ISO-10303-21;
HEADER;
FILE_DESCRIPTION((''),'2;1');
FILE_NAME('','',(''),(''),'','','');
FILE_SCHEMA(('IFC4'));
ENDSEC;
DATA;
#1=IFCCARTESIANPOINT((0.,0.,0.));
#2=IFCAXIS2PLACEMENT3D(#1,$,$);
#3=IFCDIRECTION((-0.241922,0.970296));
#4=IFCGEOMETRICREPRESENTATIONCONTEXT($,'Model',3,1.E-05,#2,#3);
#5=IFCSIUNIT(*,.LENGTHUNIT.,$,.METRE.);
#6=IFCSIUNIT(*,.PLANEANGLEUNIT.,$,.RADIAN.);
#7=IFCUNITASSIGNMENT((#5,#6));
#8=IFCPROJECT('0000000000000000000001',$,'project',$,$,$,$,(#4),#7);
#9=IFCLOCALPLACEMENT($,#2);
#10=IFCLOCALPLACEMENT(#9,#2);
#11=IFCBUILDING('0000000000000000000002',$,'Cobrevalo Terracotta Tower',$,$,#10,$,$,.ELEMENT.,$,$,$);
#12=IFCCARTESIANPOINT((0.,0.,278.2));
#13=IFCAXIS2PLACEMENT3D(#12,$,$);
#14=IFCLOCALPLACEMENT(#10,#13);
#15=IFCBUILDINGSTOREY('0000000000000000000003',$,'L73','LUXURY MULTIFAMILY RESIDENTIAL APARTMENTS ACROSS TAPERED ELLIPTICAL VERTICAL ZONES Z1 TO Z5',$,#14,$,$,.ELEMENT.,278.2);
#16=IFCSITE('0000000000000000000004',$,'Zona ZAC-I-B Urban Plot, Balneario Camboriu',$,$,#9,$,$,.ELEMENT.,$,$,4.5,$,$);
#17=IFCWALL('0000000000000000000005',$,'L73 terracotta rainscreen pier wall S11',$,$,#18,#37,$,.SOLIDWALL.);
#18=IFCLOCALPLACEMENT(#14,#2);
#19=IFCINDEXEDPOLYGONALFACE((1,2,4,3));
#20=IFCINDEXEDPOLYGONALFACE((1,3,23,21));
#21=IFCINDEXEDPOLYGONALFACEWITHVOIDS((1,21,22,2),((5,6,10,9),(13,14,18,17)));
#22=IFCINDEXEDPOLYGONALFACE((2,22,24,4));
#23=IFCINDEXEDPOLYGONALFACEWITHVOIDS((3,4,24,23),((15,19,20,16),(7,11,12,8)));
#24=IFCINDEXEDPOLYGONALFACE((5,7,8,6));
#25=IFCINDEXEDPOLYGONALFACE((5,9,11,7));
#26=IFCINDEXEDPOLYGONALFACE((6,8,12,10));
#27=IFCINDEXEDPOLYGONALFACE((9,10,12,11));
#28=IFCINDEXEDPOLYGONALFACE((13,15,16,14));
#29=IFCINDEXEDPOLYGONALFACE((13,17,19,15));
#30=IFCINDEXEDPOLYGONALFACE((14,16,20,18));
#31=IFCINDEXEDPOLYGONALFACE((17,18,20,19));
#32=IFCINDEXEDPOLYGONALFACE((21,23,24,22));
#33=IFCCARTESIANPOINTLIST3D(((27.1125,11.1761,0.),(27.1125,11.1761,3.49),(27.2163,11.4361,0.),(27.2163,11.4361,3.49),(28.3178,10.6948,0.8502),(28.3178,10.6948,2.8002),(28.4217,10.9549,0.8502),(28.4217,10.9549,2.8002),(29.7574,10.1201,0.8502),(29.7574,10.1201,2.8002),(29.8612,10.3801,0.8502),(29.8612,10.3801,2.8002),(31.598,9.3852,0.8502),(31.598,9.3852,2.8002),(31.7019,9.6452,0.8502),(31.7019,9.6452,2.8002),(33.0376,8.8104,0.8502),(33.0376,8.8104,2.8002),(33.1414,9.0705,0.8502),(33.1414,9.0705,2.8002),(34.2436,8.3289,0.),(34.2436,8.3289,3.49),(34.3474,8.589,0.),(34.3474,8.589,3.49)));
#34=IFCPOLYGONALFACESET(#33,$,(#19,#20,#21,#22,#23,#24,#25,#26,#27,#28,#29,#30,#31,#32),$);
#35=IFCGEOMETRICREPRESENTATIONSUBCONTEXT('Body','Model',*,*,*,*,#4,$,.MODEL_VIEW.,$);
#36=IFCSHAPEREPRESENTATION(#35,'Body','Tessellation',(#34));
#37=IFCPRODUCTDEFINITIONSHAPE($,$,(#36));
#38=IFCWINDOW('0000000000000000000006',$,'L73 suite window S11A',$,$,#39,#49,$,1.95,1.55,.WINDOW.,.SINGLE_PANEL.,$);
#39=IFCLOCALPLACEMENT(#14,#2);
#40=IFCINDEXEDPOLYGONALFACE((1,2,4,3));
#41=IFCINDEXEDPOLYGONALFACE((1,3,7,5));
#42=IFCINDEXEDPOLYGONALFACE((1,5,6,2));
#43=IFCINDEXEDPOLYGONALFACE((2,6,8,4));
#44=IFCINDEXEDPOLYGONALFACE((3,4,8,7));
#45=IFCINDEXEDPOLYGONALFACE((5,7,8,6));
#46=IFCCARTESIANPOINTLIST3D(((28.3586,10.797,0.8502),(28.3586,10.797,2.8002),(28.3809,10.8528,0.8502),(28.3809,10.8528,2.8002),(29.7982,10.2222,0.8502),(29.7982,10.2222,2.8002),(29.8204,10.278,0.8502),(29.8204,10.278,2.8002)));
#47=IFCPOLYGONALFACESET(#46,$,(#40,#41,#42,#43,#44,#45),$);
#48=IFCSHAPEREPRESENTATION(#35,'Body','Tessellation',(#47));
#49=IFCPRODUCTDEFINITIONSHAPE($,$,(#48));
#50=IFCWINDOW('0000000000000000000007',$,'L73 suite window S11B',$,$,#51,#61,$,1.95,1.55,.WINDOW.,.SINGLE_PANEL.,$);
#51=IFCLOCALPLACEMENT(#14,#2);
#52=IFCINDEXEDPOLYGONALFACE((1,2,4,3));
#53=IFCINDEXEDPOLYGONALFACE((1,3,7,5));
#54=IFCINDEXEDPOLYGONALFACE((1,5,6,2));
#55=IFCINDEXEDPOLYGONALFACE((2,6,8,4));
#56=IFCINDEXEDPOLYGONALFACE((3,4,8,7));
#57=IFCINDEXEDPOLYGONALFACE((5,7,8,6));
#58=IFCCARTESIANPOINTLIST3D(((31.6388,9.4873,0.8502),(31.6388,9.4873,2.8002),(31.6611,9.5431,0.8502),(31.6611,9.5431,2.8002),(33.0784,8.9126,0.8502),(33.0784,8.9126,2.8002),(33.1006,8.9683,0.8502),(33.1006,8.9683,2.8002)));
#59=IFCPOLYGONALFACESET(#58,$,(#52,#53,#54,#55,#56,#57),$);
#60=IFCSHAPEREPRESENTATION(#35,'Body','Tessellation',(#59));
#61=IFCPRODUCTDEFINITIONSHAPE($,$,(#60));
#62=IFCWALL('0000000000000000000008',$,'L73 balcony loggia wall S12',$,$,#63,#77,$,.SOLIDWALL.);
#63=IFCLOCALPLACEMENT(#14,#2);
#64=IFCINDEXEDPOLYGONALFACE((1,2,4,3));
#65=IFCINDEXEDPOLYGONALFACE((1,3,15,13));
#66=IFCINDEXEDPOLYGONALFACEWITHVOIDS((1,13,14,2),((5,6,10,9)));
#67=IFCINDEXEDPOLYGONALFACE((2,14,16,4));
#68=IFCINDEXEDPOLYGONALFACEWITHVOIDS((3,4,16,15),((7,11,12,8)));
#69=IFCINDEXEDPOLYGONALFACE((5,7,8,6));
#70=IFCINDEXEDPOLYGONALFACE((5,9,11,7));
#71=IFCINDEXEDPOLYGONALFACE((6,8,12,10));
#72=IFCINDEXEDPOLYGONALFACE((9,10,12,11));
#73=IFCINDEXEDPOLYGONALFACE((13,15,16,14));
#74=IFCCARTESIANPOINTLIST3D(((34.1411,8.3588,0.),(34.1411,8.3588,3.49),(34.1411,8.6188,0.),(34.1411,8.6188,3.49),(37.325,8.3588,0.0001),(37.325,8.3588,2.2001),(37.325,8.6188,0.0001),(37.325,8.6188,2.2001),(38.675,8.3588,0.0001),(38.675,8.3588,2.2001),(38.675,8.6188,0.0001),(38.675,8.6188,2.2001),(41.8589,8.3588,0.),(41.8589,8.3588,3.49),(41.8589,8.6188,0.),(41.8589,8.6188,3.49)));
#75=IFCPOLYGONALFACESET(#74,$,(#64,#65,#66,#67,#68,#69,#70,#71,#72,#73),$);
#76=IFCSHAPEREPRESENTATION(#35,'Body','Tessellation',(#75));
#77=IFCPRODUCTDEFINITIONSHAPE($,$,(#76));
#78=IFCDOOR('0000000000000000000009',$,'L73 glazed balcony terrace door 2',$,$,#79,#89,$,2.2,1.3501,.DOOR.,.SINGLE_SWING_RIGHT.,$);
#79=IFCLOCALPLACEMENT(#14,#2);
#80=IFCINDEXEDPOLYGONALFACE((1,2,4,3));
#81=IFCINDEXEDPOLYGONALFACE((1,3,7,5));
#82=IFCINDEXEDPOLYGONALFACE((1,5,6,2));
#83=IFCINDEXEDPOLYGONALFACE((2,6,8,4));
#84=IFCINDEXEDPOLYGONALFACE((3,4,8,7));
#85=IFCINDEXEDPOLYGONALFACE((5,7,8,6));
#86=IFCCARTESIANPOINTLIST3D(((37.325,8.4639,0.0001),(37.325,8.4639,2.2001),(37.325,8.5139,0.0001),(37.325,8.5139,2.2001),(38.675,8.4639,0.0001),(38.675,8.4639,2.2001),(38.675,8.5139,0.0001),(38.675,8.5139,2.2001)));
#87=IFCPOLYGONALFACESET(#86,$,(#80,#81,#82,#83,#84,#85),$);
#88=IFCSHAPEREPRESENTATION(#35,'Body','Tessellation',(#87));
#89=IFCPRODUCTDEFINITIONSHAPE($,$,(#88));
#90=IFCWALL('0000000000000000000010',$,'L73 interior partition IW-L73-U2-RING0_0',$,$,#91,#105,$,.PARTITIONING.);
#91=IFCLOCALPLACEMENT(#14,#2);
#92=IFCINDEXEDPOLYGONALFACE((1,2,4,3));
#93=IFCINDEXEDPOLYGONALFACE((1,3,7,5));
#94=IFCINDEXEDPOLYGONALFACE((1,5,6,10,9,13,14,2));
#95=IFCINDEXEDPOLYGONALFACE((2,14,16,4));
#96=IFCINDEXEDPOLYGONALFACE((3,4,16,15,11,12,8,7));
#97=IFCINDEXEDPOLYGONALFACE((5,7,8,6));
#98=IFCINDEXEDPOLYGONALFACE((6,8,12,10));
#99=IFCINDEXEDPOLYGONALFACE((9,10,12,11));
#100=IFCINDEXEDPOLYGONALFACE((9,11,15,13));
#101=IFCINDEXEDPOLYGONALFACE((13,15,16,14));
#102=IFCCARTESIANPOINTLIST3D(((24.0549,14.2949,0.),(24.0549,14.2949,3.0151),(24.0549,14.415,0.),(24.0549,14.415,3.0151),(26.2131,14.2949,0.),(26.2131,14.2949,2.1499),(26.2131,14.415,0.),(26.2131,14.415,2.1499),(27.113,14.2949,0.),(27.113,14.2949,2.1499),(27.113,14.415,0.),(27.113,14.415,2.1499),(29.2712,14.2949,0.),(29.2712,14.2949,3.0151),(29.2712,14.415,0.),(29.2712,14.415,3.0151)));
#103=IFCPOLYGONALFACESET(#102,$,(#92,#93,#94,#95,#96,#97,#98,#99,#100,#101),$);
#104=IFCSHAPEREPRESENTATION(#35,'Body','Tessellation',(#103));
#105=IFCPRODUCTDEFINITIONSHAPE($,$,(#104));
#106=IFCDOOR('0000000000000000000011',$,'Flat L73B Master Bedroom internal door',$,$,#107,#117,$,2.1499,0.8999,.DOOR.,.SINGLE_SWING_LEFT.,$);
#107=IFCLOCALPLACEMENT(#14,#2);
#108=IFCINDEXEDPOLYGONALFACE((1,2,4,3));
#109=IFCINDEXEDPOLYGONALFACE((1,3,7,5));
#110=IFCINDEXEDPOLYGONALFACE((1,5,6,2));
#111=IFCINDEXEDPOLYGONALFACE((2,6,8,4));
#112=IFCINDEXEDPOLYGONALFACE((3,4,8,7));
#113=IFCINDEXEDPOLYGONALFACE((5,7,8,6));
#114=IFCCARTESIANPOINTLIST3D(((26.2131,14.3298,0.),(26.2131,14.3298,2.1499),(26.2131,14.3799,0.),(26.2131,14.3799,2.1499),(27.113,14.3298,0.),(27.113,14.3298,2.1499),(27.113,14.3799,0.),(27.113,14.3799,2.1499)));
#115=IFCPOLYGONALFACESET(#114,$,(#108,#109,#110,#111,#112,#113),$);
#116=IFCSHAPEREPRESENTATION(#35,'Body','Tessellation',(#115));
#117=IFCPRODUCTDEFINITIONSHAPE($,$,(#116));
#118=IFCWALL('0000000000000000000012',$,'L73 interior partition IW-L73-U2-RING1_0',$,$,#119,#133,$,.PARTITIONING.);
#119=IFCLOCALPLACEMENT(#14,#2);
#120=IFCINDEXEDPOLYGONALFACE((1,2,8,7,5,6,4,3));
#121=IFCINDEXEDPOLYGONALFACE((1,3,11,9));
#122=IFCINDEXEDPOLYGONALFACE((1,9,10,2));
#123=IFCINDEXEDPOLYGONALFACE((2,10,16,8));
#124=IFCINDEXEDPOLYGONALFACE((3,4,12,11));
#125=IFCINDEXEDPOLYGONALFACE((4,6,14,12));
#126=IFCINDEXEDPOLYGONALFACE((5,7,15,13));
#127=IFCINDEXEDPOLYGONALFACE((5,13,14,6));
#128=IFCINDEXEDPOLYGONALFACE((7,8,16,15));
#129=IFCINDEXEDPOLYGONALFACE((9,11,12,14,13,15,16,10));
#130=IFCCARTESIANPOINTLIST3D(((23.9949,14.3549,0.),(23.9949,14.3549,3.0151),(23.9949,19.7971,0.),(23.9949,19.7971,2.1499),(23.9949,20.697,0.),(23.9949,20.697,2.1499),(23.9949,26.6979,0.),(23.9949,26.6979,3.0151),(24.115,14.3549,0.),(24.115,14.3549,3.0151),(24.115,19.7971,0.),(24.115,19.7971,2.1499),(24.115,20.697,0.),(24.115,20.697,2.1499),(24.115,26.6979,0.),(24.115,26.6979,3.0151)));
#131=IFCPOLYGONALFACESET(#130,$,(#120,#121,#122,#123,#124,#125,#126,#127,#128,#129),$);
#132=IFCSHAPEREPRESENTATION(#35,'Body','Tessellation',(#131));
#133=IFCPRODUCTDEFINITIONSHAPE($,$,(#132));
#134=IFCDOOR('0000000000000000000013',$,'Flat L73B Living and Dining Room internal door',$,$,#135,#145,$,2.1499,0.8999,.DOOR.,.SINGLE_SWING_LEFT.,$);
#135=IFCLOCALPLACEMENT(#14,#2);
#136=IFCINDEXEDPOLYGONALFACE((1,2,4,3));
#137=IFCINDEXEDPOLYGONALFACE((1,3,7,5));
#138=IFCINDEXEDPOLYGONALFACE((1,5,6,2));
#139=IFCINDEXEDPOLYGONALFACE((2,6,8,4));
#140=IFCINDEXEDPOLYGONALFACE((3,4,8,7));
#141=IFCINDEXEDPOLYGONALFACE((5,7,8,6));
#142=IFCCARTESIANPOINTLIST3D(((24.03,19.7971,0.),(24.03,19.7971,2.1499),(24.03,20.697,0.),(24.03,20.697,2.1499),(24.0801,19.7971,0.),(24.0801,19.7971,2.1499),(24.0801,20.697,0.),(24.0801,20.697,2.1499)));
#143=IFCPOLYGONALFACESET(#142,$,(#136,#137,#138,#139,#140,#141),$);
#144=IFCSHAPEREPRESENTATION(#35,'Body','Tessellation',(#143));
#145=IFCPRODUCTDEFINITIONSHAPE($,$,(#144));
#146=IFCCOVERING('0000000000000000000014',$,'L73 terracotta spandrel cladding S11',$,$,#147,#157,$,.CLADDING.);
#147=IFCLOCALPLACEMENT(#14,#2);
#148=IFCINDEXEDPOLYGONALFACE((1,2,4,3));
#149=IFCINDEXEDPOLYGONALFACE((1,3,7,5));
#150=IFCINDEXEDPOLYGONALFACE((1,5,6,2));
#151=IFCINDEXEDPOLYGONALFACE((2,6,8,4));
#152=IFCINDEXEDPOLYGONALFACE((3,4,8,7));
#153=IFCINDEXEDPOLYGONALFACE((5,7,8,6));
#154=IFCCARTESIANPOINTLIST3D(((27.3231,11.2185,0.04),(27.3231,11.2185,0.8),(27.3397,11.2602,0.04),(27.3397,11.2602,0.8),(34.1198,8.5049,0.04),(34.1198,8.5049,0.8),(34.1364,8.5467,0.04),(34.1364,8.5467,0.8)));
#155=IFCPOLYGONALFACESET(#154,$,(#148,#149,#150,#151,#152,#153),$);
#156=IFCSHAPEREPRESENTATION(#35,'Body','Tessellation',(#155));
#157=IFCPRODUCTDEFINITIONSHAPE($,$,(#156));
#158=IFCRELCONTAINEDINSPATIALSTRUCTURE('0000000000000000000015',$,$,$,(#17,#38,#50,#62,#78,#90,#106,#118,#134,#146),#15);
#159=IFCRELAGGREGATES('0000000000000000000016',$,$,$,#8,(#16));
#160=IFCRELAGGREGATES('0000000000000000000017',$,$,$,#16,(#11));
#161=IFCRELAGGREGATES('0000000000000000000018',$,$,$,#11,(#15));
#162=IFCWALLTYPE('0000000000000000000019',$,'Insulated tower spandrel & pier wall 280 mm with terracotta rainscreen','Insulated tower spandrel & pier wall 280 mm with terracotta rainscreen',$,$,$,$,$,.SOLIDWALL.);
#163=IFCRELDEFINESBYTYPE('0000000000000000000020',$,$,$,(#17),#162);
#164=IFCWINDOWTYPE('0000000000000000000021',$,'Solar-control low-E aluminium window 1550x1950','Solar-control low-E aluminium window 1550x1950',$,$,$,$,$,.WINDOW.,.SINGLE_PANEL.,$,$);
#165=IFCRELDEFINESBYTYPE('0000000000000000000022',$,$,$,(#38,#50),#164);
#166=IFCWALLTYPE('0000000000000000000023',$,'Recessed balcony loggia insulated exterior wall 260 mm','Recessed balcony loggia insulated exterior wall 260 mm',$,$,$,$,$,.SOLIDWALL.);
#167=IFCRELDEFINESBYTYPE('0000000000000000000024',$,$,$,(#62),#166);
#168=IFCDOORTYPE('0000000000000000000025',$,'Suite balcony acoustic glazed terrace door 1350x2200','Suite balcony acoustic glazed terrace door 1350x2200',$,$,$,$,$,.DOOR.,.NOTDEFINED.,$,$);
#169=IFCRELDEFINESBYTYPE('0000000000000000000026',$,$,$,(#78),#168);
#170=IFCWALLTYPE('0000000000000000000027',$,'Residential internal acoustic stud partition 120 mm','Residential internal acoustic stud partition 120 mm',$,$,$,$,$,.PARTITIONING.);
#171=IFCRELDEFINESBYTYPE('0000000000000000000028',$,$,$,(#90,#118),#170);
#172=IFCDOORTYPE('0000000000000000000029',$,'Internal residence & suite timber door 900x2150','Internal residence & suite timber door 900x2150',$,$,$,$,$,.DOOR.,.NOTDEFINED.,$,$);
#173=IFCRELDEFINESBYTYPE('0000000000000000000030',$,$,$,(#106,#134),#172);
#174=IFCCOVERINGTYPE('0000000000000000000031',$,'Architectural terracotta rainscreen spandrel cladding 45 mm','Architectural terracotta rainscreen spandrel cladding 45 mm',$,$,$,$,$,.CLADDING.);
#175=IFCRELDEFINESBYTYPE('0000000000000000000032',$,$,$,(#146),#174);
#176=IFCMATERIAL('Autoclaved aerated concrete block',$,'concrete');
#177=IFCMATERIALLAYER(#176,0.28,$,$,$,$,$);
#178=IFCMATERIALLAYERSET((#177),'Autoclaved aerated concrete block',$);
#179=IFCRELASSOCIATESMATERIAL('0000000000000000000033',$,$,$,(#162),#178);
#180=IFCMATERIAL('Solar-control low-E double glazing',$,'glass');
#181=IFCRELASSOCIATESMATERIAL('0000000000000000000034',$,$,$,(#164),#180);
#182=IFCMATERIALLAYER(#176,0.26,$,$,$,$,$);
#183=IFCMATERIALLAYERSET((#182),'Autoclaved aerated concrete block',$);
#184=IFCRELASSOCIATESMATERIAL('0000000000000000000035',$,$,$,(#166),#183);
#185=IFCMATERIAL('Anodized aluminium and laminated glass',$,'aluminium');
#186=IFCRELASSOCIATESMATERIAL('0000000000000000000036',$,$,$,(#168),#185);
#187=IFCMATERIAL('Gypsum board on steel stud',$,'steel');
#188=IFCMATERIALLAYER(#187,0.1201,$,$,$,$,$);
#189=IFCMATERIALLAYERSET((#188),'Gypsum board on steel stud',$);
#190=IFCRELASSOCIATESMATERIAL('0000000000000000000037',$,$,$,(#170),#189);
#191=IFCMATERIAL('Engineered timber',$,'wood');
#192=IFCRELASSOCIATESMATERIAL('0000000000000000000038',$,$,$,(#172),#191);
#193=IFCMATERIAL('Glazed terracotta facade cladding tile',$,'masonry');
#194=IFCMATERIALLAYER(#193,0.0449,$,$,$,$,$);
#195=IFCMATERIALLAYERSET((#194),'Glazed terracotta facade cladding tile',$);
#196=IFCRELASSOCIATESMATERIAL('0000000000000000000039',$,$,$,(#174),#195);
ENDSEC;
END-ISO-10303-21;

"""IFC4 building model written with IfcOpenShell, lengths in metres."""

from ifc_helpers import new_model, si_unit, direction, frame, frame_2d, origin, origin_2d, place, context, subcontext, project, spatial, rectangle, extrude, source, transform, mapped, material, layer, layer_set, type_object, element, fill, save


model = new_model("IFC4")

# Units and contexts
model_context = context("Model", 3, precision=1e-05, world=origin(), true_north=direction((-0.241922, 0.970296)))
body_context = subcontext(model_context, "Body", "Model", "MODEL_VIEW")
ifc_project = project(units=[si_unit("LENGTHUNIT", "METRE"), si_unit("PLANEANGLEUNIT", "RADIAN")], contexts=[model_context])

# Site, building, storey
site_placement = place(None, origin())
site = spatial("IfcSite", under=ifc_project, at=site_placement, Name="Zona ZAC-I-B Urban Plot, Balneario Camboriu", CompositionType="ELEMENT", RefElevation=4.5)
building_placement = place(site_placement, origin())
building = spatial("IfcBuilding", under=site, at=building_placement, Name="Cobrevalo Terracotta Tower", CompositionType="ELEMENT")
storey_placement = place(building_placement, frame((0.0, 0.0, 278.2)))
storey = spatial("IfcBuildingStorey", under=building, at=storey_placement, Name="L73", Description="LUXURY MULTIFAMILY RESIDENTIAL APARTMENTS ACROSS TAPERED ELLIPTICAL VERTICAL ZONES Z1 TO Z5", CompositionType="ELEMENT", Elevation=278.2)

# Shared definitions
ifc_material_1 = material(Name="Solar-control low-E double glazing", Category="glass")

# Wall, openings, windows
ifc_material_2 = material(Name="Autoclaved aerated concrete block", Category="concrete")
ifc_layer_1 = layer(ifc_material_2, 0.28)
ifc_layer_set_1 = layer_set([ifc_layer_1], Name="Autoclaved aerated concrete block")
wall_type_1 = type_object("IfcWallType", Name="Insulated tower spandrel & pier wall 280 mm with terracotta rainscreen", Description="Insulated tower spandrel & pier wall 280 mm with terracotta rainscreen", PredefinedType="SOLIDWALL", material=ifc_layer_set_1)
wall_1_placement = place(storey_placement, frame((27.1643, 11.3062, 0.0), z_axis=(0.0, 0.0, 1.0), x_axis=(0.928713, -0.370799, 0.0)))
wall_1 = element("IfcWall", 1, at=wall_1_placement, inside=storey, type_object=wall_type_1, Name="L73 terracotta rainscreen pier wall S11", PredefinedType="SOLIDWALL", context=body_context, shape_type="SweptSolid", body=[
    extrude(rectangle(XDim=7.6785, YDim=0.28, at=frame_2d((3.8394, 0.0))), origin(), (0.0, 0.0, 1.0), 3.49),
])
opening_1_placement = place(wall_1_placement, frame((1.2981, 0.0, 0.8501)))
opening_1 = element("IfcOpeningElement", 2, at=opening_1_placement, cuts=wall_1, PredefinedType="OPENING", context=body_context, shape_type="SweptSolid", body=[
    extrude(rectangle(XDim=1.55, YDim=1.95, at=frame_2d((0.7749, 0.9751))), frame((0.0, 0.1499, 0.0), z_axis=(0.0, -1.0, 0.0), x_axis=(1.0, 0.0, 0.0)), (0.0, 0.0, 1.0), 0.3),
])
opening_2_placement = place(wall_1_placement, frame((4.8301, 0.0, 0.8501)))
opening_2 = element("IfcOpeningElement", 3, at=opening_2_placement, cuts=wall_1, PredefinedType="OPENING", context=body_context, shape_type="SweptSolid", body=[
    extrude(rectangle(XDim=1.55, YDim=1.95, at=frame_2d((0.7749, 0.9751))), frame((0.0, 0.1499, 0.0), z_axis=(0.0, -1.0, 0.0), x_axis=(1.0, 0.0, 0.0)), (0.0, 0.0, 1.0), 0.3),
])
window_type = type_object("IfcWindowType", Name="Solar-control low-E aluminium window 1550x1950", Description="Solar-control low-E aluminium window 1550x1950", PartitioningType="SINGLE_PANEL", PredefinedType="WINDOW", material=ifc_material_1)
shared_shape_1 = source(origin(), body_context, "Body", "SweptSolid", [
    extrude(rectangle(XDim=1.55, YDim=1.95, at=frame_2d((0.7749, 0.9751))), frame((0.0, 0.03, 0.0), z_axis=(0.0, -1.0, 0.0), x_axis=(1.0, 0.0, 0.0)), (0.0, 0.0, 1.0), 0.0601),
])
window_1_placement = place(opening_1_placement, origin())
window_1 = element("IfcWindow", 4, at=window_1_placement, inside=storey, type_object=window_type, Name="L73 suite window S11A", OverallHeight=1.95, OverallWidth=1.55, PartitioningType="SINGLE_PANEL", PredefinedType="WINDOW", context=body_context, shape_type="MappedRepresentation", body=[
    mapped(shared_shape_1, transform((0.0, 0.0, 0.0), scale=1.0)),
])
fill(opening_1, window_1)
window_2_placement = place(opening_2_placement, origin())
window_2 = element("IfcWindow", 5, at=window_2_placement, inside=storey, type_object=window_type, Name="L73 suite window S11B", OverallHeight=1.95, OverallWidth=1.55, PartitioningType="SINGLE_PANEL", PredefinedType="WINDOW", context=body_context, shape_type="MappedRepresentation", body=[
    mapped(shared_shape_1, transform((0.0, 0.0, 0.0), scale=1.0)),
])
fill(opening_2, window_2)

# Walls, openings, doors
ifc_layer_2 = layer(ifc_material_2, 0.26)
ifc_layer_set_2 = layer_set([ifc_layer_2], Name="Autoclaved aerated concrete block")
wall_type_2 = type_object("IfcWallType", Name="Recessed balcony loggia insulated exterior wall 260 mm", Description="Recessed balcony loggia insulated exterior wall 260 mm", PredefinedType="SOLIDWALL", material=ifc_layer_set_2)
wall_2_placement = place(storey_placement, frame((34.1411, 8.4888, 0.0), z_axis=(0.0, 0.0, 1.0), x_axis=(1.0, 0.0, 0.0)))
wall_2 = element("IfcWall", 6, at=wall_2_placement, inside=storey, type_object=wall_type_2, Name="L73 balcony loggia wall S12", PredefinedType="SOLIDWALL", context=body_context, shape_type="SweptSolid", body=[
    extrude(rectangle(XDim=7.7178, YDim=0.26, at=frame_2d((3.8589, 0.0))), origin(), (0.0, 0.0, 1.0), 3.49),
])
opening_3_placement = place(wall_2_placement, frame((3.1838, 0.0, 0.0)))
opening_3 = element("IfcOpeningElement", 7, at=opening_3_placement, cuts=wall_2, PredefinedType="OPENING", context=body_context, shape_type="SweptSolid", body=[
    extrude(rectangle(XDim=1.3501, YDim=2.2, at=frame_2d((0.675, 1.1001))), frame((0.0, 0.1401, 0.0), z_axis=(0.0, -1.0, 0.0), x_axis=(1.0, 0.0, 0.0)), (0.0, 0.0, 1.0), 0.28),
])
ifc_material_3 = material(Name="Anodized aluminium and laminated glass", Category="aluminium")
door_type_1 = type_object("IfcDoorType", Name="Suite balcony acoustic glazed terrace door 1350x2200", Description="Suite balcony acoustic glazed terrace door 1350x2200", OperationType="NOTDEFINED", PredefinedType="DOOR", material=ifc_material_3)
shared_shape_2 = source(origin(), body_context, "Body", "SweptSolid", [
    extrude(rectangle(XDim=1.3501, YDim=2.2, at=frame_2d((0.675, 1.1001))), frame((0.0, 0.0249, 0.0), z_axis=(0.0, -1.0, 0.0), x_axis=(1.0, 0.0, 0.0)), (0.0, 0.0, 1.0), 0.05),
])
door_1_placement = place(opening_3_placement, frame((1.3501, 0.0, 0.0), z_axis=(0.0, 0.0, 1.0), x_axis=(-1.0, 0.0, 0.0)))
door_1 = element("IfcDoor", 8, at=door_1_placement, inside=storey, type_object=door_type_1, Name="L73 glazed balcony terrace door 2", OperationType="SINGLE_SWING_RIGHT", OverallHeight=2.2, OverallWidth=1.3501, PredefinedType="DOOR", context=body_context, shape_type="MappedRepresentation", body=[
    mapped(shared_shape_2, transform((0.0, 0.0, 0.0), scale=1.0)),
])
fill(opening_3, door_1)
ifc_material_4 = material(Name="Gypsum board on steel stud", Category="steel")
ifc_layer_3 = layer(ifc_material_4, 0.1201)
ifc_layer_set_3 = layer_set([ifc_layer_3], Name="Gypsum board on steel stud")
wall_type_3 = type_object("IfcWallType", Name="Residential internal acoustic stud partition 120 mm", Description="Residential internal acoustic stud partition 120 mm", PredefinedType="PARTITIONING", material=ifc_layer_set_3)
wall_3_placement = place(storey_placement, frame((29.2712, 14.355, 0.0), z_axis=(0.0, 0.0, 1.0), x_axis=(-1.0, 0.0, 0.0)))
wall_3 = element("IfcWall", 9, at=wall_3_placement, inside=storey, type_object=wall_type_3, Name="L73 interior partition IW-L73-U2-RING0_0", PredefinedType="PARTITIONING", context=body_context, shape_type="SweptSolid", body=[
    extrude(rectangle(XDim=5.2163, YDim=0.1201, at=frame_2d((2.6082, 0.0))), origin(), (0.0, 0.0, 1.0), 3.0151),
])
opening_4_placement = place(wall_3_placement, frame((2.1582, 0.0, 0.0)))
opening_4 = element("IfcOpeningElement", 10, at=opening_4_placement, cuts=wall_3, PredefinedType="OPENING", context=body_context, shape_type="SweptSolid", body=[
    extrude(rectangle(XDim=0.8999, YDim=2.1499, at=frame_2d((0.45, 1.075))), frame((0.0, 0.0701, 0.0), z_axis=(0.0, -1.0, 0.0), x_axis=(1.0, 0.0, 0.0)), (0.0, 0.0, 1.0), 0.1401),
])
ifc_material_5 = material(Name="Engineered timber", Category="wood")
door_type_2 = type_object("IfcDoorType", Name="Internal residence & suite timber door 900x2150", Description="Internal residence & suite timber door 900x2150", OperationType="NOTDEFINED", PredefinedType="DOOR", material=ifc_material_5)
shared_shape_3 = source(origin(), body_context, "Body", "SweptSolid", [
    extrude(rectangle(XDim=0.8999, YDim=2.1499, at=frame_2d((0.45, 1.075))), frame((0.0, 0.0249, 0.0), z_axis=(0.0, -1.0, 0.0), x_axis=(1.0, 0.0, 0.0)), (0.0, 0.0, 1.0), 0.05),
])
door_2_placement = place(opening_4_placement, frame((0.8999, 0.0, 0.0), z_axis=(0.0, 0.0, 1.0), x_axis=(-1.0, 0.0, 0.0)))
door_2 = element("IfcDoor", 11, at=door_2_placement, inside=storey, type_object=door_type_2, Name="Flat L73B Master Bedroom internal door", OperationType="SINGLE_SWING_LEFT", OverallHeight=2.1499, OverallWidth=0.8999, PredefinedType="DOOR", context=body_context, shape_type="MappedRepresentation", body=[
    mapped(shared_shape_3, transform((0.0, 0.0, 0.0), scale=1.0)),
])
fill(opening_4, door_2)
wall_4_placement = place(storey_placement, frame((24.0549, 14.355, 0.0), z_axis=(0.0, 0.0, 1.0), x_axis=(0.0, 1.0, 0.0)))
wall_4 = element("IfcWall", 12, at=wall_4_placement, inside=storey, type_object=wall_type_3, Name="L73 interior partition IW-L73-U2-RING1_0", PredefinedType="PARTITIONING", context=body_context, shape_type="SweptSolid", body=[
    extrude(rectangle(XDim=12.343, YDim=0.1201, at=frame_2d((6.1714, 0.0))), origin(), (0.0, 0.0, 1.0), 3.0151),
])
opening_5_placement = place(wall_4_placement, frame((5.4421, 0.0, 0.0)))
opening_5 = element("IfcOpeningElement", 13, at=opening_5_placement, cuts=wall_4, PredefinedType="OPENING", context=body_context, shape_type="SweptSolid", body=[
    extrude(rectangle(XDim=0.8999, YDim=2.1499, at=frame_2d((0.45, 1.075))), frame((0.0, 0.0701, 0.0), z_axis=(0.0, -1.0, 0.0), x_axis=(1.0, 0.0, 0.0)), (0.0, 0.0, 1.0), 0.1401),
])
door_3_placement = place(opening_5_placement, origin())
door_3 = element("IfcDoor", 14, at=door_3_placement, inside=storey, type_object=door_type_2, Name="Flat L73B Living and Dining Room internal door", OperationType="SINGLE_SWING_LEFT", OverallHeight=2.1499, OverallWidth=0.8999, PredefinedType="DOOR", context=body_context, shape_type="MappedRepresentation", body=[
    mapped(shared_shape_3, transform((0.0, 0.0, 0.0), scale=1.0)),
])
fill(opening_5, door_3)

# Covering
ifc_material_6 = material(Name="Glazed terracotta facade cladding tile", Category="masonry")
ifc_layer_4 = layer(ifc_material_6, 0.0449)
ifc_layer_set_4 = layer_set([ifc_layer_4], Name="Glazed terracotta facade cladding tile")
covering_type = type_object("IfcCoveringType", Name="Architectural terracotta rainscreen spandrel cladding 45 mm", Description="Architectural terracotta rainscreen spandrel cladding 45 mm", PredefinedType="CLADDING", material=ifc_layer_set_4)
shared_shape_4 = source(origin(), body_context, "Body", "SweptSolid", [
    extrude(rectangle(XDim=7.3184, YDim=0.0449, at=origin_2d()), origin(), (0.0, 0.0, 1.0), 0.76),
])
covering_placement = place(storey_placement, frame((30.7297, 9.8826, 0.04), z_axis=(0.0, 0.0, 1.0), x_axis=(0.928718, -0.370786, 0.0)))
element("IfcCovering", 15, at=covering_placement, inside=storey, type_object=covering_type, Name="L73 terracotta spandrel cladding S11", PredefinedType="CLADDING", context=body_context, shape_type="MappedRepresentation", body=[
    mapped(shared_shape_4, transform((0.0, 0.0, 0.0), scale=1.0)),
])

save(model, "model.ifc")
